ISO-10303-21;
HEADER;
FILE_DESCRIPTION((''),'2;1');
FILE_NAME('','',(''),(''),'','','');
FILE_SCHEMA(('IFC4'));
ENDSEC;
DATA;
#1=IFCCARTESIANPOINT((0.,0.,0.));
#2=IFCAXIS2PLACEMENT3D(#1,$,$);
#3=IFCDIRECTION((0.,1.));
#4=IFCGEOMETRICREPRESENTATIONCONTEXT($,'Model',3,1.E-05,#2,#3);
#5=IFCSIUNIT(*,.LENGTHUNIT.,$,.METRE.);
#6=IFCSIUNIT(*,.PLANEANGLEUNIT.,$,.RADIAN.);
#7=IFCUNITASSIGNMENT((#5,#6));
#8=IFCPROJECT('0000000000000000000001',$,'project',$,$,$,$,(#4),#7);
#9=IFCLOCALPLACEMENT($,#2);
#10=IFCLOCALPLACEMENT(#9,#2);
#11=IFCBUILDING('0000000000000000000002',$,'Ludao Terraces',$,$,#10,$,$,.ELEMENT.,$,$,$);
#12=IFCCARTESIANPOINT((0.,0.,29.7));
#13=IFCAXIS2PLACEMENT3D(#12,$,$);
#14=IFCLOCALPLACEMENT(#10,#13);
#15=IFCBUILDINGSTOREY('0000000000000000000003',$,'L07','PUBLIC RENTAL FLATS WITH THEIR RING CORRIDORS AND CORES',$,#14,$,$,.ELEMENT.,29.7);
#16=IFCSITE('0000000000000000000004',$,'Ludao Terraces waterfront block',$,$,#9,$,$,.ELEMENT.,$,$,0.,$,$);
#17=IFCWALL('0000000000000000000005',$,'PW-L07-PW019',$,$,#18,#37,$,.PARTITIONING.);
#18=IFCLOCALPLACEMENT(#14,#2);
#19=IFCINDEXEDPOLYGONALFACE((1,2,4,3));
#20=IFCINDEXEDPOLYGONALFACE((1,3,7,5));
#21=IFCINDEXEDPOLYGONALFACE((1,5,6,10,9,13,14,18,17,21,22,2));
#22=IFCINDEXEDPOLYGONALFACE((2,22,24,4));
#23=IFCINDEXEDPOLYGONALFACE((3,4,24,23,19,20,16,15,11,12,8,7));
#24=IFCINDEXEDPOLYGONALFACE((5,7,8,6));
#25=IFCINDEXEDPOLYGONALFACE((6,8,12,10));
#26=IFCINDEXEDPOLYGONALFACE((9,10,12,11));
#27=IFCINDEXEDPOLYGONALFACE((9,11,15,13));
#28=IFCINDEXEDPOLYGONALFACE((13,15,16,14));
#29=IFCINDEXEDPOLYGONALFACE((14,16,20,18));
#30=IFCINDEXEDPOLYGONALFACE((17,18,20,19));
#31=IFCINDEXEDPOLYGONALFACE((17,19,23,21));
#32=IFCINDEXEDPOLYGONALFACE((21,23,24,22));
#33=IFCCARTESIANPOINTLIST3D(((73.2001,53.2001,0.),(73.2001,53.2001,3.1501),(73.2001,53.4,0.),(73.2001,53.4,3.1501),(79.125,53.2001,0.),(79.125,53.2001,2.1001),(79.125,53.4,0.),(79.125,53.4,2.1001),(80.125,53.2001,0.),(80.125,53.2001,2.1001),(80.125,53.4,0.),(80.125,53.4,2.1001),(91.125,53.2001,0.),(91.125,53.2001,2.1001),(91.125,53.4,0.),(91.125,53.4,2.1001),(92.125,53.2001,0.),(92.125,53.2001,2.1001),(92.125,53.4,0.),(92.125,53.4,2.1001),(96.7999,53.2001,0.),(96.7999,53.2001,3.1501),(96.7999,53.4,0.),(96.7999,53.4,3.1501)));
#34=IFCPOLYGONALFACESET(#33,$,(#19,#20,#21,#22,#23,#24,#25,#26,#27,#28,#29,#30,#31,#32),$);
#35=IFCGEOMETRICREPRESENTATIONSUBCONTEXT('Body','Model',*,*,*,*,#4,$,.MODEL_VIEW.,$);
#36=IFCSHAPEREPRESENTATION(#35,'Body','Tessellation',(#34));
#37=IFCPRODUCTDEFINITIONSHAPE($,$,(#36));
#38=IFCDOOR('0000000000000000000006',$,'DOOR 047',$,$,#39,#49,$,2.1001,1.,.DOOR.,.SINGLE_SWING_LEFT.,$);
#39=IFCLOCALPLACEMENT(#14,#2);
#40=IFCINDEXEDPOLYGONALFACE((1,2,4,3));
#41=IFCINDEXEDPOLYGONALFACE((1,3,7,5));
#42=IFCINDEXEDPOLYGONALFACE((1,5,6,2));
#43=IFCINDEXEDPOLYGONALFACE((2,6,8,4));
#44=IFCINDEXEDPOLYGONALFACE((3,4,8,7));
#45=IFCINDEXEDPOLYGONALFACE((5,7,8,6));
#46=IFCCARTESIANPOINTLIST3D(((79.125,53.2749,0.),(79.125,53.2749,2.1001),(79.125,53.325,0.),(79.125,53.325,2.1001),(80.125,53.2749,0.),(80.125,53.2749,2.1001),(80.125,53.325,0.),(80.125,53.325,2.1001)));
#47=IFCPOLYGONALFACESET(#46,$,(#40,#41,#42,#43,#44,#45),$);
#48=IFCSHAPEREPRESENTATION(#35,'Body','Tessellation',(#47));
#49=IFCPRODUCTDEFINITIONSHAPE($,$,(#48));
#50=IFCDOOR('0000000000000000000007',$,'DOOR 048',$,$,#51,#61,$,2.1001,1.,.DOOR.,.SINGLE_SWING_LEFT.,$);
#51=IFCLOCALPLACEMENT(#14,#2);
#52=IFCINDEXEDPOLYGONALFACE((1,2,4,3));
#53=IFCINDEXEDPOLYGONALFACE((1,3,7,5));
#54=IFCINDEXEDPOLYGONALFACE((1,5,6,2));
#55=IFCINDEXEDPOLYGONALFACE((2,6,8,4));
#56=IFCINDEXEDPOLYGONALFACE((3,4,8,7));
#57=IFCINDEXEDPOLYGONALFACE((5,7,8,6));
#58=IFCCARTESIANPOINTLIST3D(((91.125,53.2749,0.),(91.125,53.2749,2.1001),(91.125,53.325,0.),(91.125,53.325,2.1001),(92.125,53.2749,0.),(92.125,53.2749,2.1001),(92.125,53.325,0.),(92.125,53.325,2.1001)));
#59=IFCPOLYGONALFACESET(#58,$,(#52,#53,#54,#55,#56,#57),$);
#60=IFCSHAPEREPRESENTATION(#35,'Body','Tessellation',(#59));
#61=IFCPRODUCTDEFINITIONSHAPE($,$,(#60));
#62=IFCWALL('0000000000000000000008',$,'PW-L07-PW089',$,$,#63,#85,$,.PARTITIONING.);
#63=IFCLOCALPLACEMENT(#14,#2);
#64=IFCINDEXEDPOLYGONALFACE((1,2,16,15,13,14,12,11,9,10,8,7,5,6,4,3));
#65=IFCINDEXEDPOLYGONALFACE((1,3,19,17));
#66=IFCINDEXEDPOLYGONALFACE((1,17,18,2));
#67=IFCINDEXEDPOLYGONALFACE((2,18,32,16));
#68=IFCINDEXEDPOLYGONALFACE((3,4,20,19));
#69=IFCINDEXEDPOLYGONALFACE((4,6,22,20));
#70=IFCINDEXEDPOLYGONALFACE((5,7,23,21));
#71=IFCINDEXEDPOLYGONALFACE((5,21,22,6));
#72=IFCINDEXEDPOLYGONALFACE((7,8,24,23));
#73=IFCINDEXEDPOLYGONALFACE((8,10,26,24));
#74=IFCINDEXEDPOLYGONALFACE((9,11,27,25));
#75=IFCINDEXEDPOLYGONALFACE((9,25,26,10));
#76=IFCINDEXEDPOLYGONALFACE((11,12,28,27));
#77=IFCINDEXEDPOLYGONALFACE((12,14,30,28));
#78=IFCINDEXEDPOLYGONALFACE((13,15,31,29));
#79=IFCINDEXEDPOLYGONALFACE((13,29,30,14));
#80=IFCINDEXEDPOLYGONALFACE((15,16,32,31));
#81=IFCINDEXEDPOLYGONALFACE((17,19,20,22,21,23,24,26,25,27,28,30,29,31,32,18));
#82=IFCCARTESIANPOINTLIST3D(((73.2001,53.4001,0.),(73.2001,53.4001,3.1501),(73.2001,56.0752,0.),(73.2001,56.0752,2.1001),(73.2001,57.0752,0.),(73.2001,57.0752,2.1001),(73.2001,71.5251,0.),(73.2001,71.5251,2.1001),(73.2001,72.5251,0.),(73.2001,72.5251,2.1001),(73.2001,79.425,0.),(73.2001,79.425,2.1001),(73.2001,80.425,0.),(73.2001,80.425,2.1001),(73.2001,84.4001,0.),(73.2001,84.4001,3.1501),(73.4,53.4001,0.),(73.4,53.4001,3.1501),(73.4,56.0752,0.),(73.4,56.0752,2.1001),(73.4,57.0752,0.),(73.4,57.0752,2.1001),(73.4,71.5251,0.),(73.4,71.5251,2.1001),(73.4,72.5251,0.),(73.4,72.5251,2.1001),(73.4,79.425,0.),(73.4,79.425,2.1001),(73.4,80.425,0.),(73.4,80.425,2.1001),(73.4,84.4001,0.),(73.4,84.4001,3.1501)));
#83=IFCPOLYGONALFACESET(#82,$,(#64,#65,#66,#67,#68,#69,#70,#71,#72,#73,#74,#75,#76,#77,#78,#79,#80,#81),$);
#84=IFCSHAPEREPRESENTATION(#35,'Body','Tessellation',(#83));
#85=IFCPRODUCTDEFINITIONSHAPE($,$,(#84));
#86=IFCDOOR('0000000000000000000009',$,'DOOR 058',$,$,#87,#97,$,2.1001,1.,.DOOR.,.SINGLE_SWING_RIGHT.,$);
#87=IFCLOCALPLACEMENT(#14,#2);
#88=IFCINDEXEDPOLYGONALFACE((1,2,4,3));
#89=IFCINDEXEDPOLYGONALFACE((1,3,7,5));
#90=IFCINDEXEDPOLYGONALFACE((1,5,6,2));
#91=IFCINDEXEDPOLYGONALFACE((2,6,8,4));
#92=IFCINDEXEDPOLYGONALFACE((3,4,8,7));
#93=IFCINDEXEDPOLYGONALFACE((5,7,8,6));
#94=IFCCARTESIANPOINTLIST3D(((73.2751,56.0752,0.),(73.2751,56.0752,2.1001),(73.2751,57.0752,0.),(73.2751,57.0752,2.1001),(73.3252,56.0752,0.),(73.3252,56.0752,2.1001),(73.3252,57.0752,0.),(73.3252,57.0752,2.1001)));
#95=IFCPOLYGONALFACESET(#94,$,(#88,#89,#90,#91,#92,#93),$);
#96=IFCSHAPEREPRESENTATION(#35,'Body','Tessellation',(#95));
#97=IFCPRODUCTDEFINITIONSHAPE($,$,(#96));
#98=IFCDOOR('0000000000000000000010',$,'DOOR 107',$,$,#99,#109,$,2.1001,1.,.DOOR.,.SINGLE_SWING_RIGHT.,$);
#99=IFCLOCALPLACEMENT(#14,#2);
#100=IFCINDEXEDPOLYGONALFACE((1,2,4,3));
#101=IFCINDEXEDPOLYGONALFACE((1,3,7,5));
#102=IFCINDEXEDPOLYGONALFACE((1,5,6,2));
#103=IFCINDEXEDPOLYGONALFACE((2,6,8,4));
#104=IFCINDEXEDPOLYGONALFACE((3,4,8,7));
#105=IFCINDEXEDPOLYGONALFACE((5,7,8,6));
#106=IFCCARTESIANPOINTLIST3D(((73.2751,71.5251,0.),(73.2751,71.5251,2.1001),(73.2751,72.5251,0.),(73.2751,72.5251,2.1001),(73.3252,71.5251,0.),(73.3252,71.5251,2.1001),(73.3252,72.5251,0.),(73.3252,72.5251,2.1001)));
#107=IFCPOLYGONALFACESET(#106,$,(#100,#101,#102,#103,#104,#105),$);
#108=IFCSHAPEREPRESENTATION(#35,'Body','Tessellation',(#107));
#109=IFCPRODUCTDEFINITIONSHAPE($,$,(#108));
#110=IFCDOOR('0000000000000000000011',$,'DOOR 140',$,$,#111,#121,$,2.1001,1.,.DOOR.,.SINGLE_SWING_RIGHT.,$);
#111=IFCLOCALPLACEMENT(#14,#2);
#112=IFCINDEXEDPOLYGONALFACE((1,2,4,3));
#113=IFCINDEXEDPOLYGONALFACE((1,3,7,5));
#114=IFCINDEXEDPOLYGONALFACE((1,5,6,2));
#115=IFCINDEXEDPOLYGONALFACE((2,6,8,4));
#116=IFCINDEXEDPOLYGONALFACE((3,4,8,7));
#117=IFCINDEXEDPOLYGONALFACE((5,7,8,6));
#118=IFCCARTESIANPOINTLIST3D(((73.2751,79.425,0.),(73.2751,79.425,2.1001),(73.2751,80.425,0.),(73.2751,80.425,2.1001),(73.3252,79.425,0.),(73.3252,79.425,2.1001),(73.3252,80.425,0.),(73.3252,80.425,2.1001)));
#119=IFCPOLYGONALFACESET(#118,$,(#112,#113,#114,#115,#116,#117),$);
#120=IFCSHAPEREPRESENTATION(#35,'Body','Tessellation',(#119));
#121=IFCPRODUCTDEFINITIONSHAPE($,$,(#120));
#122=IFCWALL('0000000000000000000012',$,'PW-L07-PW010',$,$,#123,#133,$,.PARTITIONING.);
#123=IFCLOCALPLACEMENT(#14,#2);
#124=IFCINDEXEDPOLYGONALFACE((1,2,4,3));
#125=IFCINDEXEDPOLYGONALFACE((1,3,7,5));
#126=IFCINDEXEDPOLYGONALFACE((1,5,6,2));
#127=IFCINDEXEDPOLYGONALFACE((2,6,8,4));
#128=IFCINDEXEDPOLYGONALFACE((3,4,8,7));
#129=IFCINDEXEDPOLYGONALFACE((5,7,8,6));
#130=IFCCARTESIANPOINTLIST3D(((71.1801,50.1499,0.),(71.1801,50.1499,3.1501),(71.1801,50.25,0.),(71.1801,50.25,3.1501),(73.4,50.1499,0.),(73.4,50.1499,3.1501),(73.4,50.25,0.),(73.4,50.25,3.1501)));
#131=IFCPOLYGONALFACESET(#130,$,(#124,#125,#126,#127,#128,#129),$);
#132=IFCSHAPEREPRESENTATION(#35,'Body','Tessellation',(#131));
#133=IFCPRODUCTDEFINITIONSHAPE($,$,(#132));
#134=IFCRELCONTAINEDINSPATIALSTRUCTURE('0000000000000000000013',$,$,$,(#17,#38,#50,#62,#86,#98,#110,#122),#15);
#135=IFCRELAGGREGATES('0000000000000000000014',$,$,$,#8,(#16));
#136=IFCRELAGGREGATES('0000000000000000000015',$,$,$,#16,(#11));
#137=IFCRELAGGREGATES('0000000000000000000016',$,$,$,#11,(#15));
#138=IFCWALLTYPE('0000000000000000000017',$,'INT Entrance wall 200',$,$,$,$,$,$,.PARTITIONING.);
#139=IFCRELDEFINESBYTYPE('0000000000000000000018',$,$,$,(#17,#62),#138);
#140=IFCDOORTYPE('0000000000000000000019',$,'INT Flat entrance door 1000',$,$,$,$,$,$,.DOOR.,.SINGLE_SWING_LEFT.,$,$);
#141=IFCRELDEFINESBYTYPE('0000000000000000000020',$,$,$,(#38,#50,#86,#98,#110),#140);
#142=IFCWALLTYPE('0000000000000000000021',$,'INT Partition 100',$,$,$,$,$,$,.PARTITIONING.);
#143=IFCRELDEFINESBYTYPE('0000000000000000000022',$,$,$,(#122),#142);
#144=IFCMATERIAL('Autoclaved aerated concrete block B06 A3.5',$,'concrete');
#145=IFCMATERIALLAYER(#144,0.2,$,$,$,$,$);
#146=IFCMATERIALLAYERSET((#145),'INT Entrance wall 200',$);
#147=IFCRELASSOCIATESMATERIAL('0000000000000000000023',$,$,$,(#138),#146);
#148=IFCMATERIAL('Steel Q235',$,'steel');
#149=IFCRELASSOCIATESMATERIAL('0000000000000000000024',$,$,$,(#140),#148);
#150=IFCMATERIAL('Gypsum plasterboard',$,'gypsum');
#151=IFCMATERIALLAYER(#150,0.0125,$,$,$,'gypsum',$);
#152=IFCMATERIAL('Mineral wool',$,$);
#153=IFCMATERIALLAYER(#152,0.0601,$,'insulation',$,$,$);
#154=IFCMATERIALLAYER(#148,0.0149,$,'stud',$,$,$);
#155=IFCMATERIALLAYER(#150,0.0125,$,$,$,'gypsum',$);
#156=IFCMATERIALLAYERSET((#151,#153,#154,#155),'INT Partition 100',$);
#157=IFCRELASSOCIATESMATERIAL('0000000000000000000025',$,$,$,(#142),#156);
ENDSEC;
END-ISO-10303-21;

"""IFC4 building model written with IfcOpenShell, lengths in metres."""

from ifc_helpers import new_model, si_unit, direction, frame, frame_2d, origin, place, context, subcontext, project, spatial, rectangle, extrude, material, layer, layer_set, type_object, element, fill, save


model = new_model("IFC4")

# Units and contexts
model_context = context("Model", 3, precision=1e-05, world=origin(), true_north=direction((0.0, 1.0)))
body_context = subcontext(model_context, "Body", "Model", "MODEL_VIEW")
ifc_project = project(units=[si_unit("LENGTHUNIT", "METRE"), si_unit("PLANEANGLEUNIT", "RADIAN")], contexts=[model_context])

# Site, building, storey
site_placement = place(None, origin())
site = spatial("IfcSite", under=ifc_project, at=site_placement, Name="Ludao Terraces waterfront block", CompositionType="ELEMENT", RefElevation=0.0)
building_placement = place(site_placement, origin())
building = spatial("IfcBuilding", under=site, at=building_placement, Name="Ludao Terraces", CompositionType="ELEMENT")
storey_placement = place(building_placement, frame((0.0, 0.0, 29.7)))
storey = spatial("IfcBuildingStorey", under=building, at=storey_placement, Name="L07", Description="PUBLIC RENTAL FLATS WITH THEIR RING CORRIDORS AND CORES", CompositionType="ELEMENT", Elevation=29.7)

# Walls, openings, doors
ifc_material_1 = material(Name="Autoclaved aerated concrete block B06 A3.5", Category="concrete")
ifc_layer_1 = layer(ifc_material_1, 0.2)
ifc_layer_set_1 = layer_set([ifc_layer_1], Name="INT Entrance wall 200")
wall_type_1 = type_object("IfcWallType", Name="INT Entrance wall 200", PredefinedType="PARTITIONING", material=ifc_layer_set_1)
wall_1_placement = place(storey_placement, frame((73.2002, 53.3, 0.0), z_axis=(0.0, 0.0, 1.0), x_axis=(1.0, 0.0, 0.0)))
wall_1 = element("IfcWall", 1, at=wall_1_placement, inside=storey, type_object=wall_type_1, Name="PW-L07-PW019", PredefinedType="PARTITIONING", context=body_context, shape_type="SweptSolid", body=[
    extrude(rectangle(XDim=23.5999, YDim=0.2, at=frame_2d((11.7998, 0.0))), origin(), (0.0, 0.0, 1.0), 3.1501),
])
opening_1_placement = place(wall_1_placement, frame((5.9248, 0.0, 0.0)))
opening_1 = element("IfcOpeningElement", 2, at=opening_1_placement, cuts=wall_1, PredefinedType="OPENING", context=body_context, shape_type="SweptSolid", body=[
    extrude(rectangle(XDim=1.0, YDim=2.1001, at=frame_2d((0.5, 1.05))), frame((0.0, 0.1099, 0.0), z_axis=(0.0, -1.0, 0.0), x_axis=(1.0, 0.0, 0.0)), (0.0, 0.0, 1.0), 0.22),
])
opening_2_placement = place(wall_1_placement, frame((17.9248, 0.0, 0.0)))
opening_2 = element("IfcOpeningElement", 3, at=opening_2_placement, cuts=wall_1, PredefinedType="OPENING", context=body_context, shape_type="SweptSolid", body=[
    extrude(rectangle(XDim=1.0, YDim=2.1001, at=frame_2d((0.5, 1.05))), frame((0.0, 0.1099, 0.0), z_axis=(0.0, -1.0, 0.0), x_axis=(1.0, 0.0, 0.0)), (0.0, 0.0, 1.0), 0.22),
])
ifc_material_2 = material(Name="Steel Q235", Category="steel")
door_type_1 = type_object("IfcDoorType", Name="INT Flat entrance door 1000", OperationType="SINGLE_SWING_LEFT", PredefinedType="DOOR", material=ifc_material_2)
door_1_placement = place(opening_1_placement, origin())
door_1 = element("IfcDoor", 4, at=door_1_placement, inside=storey, type_object=door_type_1, Name="DOOR 047", OperationType="SINGLE_SWING_LEFT", OverallHeight=2.1001, OverallWidth=1.0, PredefinedType="DOOR", context=body_context, shape_type="SweptSolid", body=[
    extrude(rectangle(XDim=1.0, YDim=2.1001, at=frame_2d((0.5, 1.05))), frame((0.0, 0.0249, 0.0), z_axis=(0.0, -1.0, 0.0), x_axis=(1.0, 0.0, 0.0)), (0.0, 0.0, 1.0), 0.05),
])
fill(opening_1, door_1)
door_2_placement = place(opening_2_placement, origin())
door_2 = element("IfcDoor", 5, at=door_2_placement, inside=storey, type_object=door_type_1, Name="DOOR 048", OperationType="SINGLE_SWING_LEFT", OverallHeight=2.1001, OverallWidth=1.0, PredefinedType="DOOR", context=body_context, shape_type="SweptSolid", body=[
    extrude(rectangle(XDim=1.0, YDim=2.1001, at=frame_2d((0.5, 1.05))), frame((0.0, 0.0249, 0.0), z_axis=(0.0, -1.0, 0.0), x_axis=(1.0, 0.0, 0.0)), (0.0, 0.0, 1.0), 0.05),
])
fill(opening_2, door_2)
wall_2_placement = place(storey_placement, frame((73.3, 53.4001, 0.0), z_axis=(0.0, 0.0, 1.0), x_axis=(0.0, 1.0, 0.0)))
wall_2 = element("IfcWall", 6, at=wall_2_placement, inside=storey, type_object=wall_type_1, Name="PW-L07-PW089", PredefinedType="PARTITIONING", context=body_context, shape_type="SweptSolid", body=[
    extrude(rectangle(XDim=31.0, YDim=0.2, at=frame_2d((15.5, 0.0))), origin(), (0.0, 0.0, 1.0), 3.1501),
])
opening_3_placement = place(wall_2_placement, frame((2.675, 0.0, 0.0)))
opening_3 = element("IfcOpeningElement", 7, at=opening_3_placement, cuts=wall_2, PredefinedType="OPENING", context=body_context, shape_type="SweptSolid", body=[
    extrude(rectangle(XDim=1.0, YDim=2.1001, at=frame_2d((0.5, 1.05))), frame((0.0, 0.1099, 0.0), z_axis=(0.0, -1.0, 0.0), x_axis=(1.0, 0.0, 0.0)), (0.0, 0.0, 1.0), 0.22),
])
opening_4_placement = place(wall_2_placement, frame((18.125, 0.0, 0.0)))
opening_4 = element("IfcOpeningElement", 8, at=opening_4_placement, cuts=wall_2, PredefinedType="OPENING", context=body_context, shape_type="SweptSolid", body=[
    extrude(rectangle(XDim=1.0, YDim=2.1001, at=frame_2d((0.5, 1.05))), frame((0.0, 0.1099, 0.0), z_axis=(0.0, -1.0, 0.0), x_axis=(1.0, 0.0, 0.0)), (0.0, 0.0, 1.0), 0.22),
])
opening_5_placement = place(wall_2_placement, frame((26.0249, 0.0, 0.0)))
opening_5 = element("IfcOpeningElement", 9, at=opening_5_placement, cuts=wall_2, PredefinedType="OPENING", context=body_context, shape_type="SweptSolid", body=[
    extrude(rectangle(XDim=1.0, YDim=2.1001, at=frame_2d((0.5, 1.05))), frame((0.0, 0.1099, 0.0), z_axis=(0.0, -1.0, 0.0), x_axis=(1.0, 0.0, 0.0)), (0.0, 0.0, 1.0), 0.22),
])
door_3_placement = place(opening_3_placement, origin())
door_3 = element("IfcDoor", 10, at=door_3_placement, inside=storey, type_object=door_type_1, Name="DOOR 058", OperationType="SINGLE_SWING_RIGHT", OverallHeight=2.1001, OverallWidth=1.0, PredefinedType="DOOR", context=body_context, shape_type="SweptSolid", body=[
    extrude(rectangle(XDim=1.0, YDim=2.1001, at=frame_2d((0.5, 1.05))), frame((0.0, 0.0249, 0.0), z_axis=(0.0, -1.0, 0.0), x_axis=(1.0, 0.0, 0.0)), (0.0, 0.0, 1.0), 0.05),
])
fill(opening_3, door_3)
door_4_placement = place(opening_4_placement, origin())
door_4 = element("IfcDoor", 11, at=door_4_placement, inside=storey, type_object=door_type_1, Name="DOOR 107", OperationType="SINGLE_SWING_RIGHT", OverallHeight=2.1001, OverallWidth=1.0, PredefinedType="DOOR", context=body_context, shape_type="SweptSolid", body=[
    extrude(rectangle(XDim=1.0, YDim=2.1001, at=frame_2d((0.5, 1.05))), frame((0.0, 0.0249, 0.0), z_axis=(0.0, -1.0, 0.0), x_axis=(1.0, 0.0, 0.0)), (0.0, 0.0, 1.0), 0.05),
])
fill(opening_4, door_4)
door_5_placement = place(opening_5_placement, origin())
door_5 = element("IfcDoor", 12, at=door_5_placement, inside=storey, type_object=door_type_1, Name="DOOR 140", OperationType="SINGLE_SWING_RIGHT", OverallHeight=2.1001, OverallWidth=1.0, PredefinedType="DOOR", context=body_context, shape_type="SweptSolid", body=[
    extrude(rectangle(XDim=1.0, YDim=2.1001, at=frame_2d((0.5, 1.05))), frame((0.0, 0.0249, 0.0), z_axis=(0.0, -1.0, 0.0), x_axis=(1.0, 0.0, 0.0)), (0.0, 0.0, 1.0), 0.05),
])
fill(opening_5, door_5)

# Wall
ifc_material_3 = material(Name="Gypsum plasterboard", Category="gypsum")
ifc_layer_2 = layer(ifc_material_3, 0.0125, Category="gypsum")
ifc_material_4 = material(Name="Mineral wool")
ifc_layer_3 = layer(ifc_material_4, 0.0601, Name="insulation")
ifc_layer_4 = layer(ifc_material_2, 0.0149, Name="stud")
ifc_layer_5 = layer(ifc_material_3, 0.0125, Category="gypsum")
ifc_layer_set_2 = layer_set([ifc_layer_2, ifc_layer_3, ifc_layer_4, ifc_layer_5], Name="INT Partition 100")
wall_type_2 = type_object("IfcWallType", Name="INT Partition 100", PredefinedType="PARTITIONING", material=ifc_layer_set_2)
wall_3_placement = place(storey_placement, frame((71.1802, 50.2, 0.0), z_axis=(0.0, 0.0, 1.0), x_axis=(1.0, 0.0, 0.0)))
element("IfcWall", 13, at=wall_3_placement, inside=storey, type_object=wall_type_2, Name="PW-L07-PW010", PredefinedType="PARTITIONING", context=body_context, shape_type="SweptSolid", body=[
    extrude(rectangle(XDim=2.22, YDim=0.1001, at=frame_2d((1.1099, 0.0))), origin(), (0.0, 0.0, 1.0), 3.1501),
])

save(model, "model.ifc")
